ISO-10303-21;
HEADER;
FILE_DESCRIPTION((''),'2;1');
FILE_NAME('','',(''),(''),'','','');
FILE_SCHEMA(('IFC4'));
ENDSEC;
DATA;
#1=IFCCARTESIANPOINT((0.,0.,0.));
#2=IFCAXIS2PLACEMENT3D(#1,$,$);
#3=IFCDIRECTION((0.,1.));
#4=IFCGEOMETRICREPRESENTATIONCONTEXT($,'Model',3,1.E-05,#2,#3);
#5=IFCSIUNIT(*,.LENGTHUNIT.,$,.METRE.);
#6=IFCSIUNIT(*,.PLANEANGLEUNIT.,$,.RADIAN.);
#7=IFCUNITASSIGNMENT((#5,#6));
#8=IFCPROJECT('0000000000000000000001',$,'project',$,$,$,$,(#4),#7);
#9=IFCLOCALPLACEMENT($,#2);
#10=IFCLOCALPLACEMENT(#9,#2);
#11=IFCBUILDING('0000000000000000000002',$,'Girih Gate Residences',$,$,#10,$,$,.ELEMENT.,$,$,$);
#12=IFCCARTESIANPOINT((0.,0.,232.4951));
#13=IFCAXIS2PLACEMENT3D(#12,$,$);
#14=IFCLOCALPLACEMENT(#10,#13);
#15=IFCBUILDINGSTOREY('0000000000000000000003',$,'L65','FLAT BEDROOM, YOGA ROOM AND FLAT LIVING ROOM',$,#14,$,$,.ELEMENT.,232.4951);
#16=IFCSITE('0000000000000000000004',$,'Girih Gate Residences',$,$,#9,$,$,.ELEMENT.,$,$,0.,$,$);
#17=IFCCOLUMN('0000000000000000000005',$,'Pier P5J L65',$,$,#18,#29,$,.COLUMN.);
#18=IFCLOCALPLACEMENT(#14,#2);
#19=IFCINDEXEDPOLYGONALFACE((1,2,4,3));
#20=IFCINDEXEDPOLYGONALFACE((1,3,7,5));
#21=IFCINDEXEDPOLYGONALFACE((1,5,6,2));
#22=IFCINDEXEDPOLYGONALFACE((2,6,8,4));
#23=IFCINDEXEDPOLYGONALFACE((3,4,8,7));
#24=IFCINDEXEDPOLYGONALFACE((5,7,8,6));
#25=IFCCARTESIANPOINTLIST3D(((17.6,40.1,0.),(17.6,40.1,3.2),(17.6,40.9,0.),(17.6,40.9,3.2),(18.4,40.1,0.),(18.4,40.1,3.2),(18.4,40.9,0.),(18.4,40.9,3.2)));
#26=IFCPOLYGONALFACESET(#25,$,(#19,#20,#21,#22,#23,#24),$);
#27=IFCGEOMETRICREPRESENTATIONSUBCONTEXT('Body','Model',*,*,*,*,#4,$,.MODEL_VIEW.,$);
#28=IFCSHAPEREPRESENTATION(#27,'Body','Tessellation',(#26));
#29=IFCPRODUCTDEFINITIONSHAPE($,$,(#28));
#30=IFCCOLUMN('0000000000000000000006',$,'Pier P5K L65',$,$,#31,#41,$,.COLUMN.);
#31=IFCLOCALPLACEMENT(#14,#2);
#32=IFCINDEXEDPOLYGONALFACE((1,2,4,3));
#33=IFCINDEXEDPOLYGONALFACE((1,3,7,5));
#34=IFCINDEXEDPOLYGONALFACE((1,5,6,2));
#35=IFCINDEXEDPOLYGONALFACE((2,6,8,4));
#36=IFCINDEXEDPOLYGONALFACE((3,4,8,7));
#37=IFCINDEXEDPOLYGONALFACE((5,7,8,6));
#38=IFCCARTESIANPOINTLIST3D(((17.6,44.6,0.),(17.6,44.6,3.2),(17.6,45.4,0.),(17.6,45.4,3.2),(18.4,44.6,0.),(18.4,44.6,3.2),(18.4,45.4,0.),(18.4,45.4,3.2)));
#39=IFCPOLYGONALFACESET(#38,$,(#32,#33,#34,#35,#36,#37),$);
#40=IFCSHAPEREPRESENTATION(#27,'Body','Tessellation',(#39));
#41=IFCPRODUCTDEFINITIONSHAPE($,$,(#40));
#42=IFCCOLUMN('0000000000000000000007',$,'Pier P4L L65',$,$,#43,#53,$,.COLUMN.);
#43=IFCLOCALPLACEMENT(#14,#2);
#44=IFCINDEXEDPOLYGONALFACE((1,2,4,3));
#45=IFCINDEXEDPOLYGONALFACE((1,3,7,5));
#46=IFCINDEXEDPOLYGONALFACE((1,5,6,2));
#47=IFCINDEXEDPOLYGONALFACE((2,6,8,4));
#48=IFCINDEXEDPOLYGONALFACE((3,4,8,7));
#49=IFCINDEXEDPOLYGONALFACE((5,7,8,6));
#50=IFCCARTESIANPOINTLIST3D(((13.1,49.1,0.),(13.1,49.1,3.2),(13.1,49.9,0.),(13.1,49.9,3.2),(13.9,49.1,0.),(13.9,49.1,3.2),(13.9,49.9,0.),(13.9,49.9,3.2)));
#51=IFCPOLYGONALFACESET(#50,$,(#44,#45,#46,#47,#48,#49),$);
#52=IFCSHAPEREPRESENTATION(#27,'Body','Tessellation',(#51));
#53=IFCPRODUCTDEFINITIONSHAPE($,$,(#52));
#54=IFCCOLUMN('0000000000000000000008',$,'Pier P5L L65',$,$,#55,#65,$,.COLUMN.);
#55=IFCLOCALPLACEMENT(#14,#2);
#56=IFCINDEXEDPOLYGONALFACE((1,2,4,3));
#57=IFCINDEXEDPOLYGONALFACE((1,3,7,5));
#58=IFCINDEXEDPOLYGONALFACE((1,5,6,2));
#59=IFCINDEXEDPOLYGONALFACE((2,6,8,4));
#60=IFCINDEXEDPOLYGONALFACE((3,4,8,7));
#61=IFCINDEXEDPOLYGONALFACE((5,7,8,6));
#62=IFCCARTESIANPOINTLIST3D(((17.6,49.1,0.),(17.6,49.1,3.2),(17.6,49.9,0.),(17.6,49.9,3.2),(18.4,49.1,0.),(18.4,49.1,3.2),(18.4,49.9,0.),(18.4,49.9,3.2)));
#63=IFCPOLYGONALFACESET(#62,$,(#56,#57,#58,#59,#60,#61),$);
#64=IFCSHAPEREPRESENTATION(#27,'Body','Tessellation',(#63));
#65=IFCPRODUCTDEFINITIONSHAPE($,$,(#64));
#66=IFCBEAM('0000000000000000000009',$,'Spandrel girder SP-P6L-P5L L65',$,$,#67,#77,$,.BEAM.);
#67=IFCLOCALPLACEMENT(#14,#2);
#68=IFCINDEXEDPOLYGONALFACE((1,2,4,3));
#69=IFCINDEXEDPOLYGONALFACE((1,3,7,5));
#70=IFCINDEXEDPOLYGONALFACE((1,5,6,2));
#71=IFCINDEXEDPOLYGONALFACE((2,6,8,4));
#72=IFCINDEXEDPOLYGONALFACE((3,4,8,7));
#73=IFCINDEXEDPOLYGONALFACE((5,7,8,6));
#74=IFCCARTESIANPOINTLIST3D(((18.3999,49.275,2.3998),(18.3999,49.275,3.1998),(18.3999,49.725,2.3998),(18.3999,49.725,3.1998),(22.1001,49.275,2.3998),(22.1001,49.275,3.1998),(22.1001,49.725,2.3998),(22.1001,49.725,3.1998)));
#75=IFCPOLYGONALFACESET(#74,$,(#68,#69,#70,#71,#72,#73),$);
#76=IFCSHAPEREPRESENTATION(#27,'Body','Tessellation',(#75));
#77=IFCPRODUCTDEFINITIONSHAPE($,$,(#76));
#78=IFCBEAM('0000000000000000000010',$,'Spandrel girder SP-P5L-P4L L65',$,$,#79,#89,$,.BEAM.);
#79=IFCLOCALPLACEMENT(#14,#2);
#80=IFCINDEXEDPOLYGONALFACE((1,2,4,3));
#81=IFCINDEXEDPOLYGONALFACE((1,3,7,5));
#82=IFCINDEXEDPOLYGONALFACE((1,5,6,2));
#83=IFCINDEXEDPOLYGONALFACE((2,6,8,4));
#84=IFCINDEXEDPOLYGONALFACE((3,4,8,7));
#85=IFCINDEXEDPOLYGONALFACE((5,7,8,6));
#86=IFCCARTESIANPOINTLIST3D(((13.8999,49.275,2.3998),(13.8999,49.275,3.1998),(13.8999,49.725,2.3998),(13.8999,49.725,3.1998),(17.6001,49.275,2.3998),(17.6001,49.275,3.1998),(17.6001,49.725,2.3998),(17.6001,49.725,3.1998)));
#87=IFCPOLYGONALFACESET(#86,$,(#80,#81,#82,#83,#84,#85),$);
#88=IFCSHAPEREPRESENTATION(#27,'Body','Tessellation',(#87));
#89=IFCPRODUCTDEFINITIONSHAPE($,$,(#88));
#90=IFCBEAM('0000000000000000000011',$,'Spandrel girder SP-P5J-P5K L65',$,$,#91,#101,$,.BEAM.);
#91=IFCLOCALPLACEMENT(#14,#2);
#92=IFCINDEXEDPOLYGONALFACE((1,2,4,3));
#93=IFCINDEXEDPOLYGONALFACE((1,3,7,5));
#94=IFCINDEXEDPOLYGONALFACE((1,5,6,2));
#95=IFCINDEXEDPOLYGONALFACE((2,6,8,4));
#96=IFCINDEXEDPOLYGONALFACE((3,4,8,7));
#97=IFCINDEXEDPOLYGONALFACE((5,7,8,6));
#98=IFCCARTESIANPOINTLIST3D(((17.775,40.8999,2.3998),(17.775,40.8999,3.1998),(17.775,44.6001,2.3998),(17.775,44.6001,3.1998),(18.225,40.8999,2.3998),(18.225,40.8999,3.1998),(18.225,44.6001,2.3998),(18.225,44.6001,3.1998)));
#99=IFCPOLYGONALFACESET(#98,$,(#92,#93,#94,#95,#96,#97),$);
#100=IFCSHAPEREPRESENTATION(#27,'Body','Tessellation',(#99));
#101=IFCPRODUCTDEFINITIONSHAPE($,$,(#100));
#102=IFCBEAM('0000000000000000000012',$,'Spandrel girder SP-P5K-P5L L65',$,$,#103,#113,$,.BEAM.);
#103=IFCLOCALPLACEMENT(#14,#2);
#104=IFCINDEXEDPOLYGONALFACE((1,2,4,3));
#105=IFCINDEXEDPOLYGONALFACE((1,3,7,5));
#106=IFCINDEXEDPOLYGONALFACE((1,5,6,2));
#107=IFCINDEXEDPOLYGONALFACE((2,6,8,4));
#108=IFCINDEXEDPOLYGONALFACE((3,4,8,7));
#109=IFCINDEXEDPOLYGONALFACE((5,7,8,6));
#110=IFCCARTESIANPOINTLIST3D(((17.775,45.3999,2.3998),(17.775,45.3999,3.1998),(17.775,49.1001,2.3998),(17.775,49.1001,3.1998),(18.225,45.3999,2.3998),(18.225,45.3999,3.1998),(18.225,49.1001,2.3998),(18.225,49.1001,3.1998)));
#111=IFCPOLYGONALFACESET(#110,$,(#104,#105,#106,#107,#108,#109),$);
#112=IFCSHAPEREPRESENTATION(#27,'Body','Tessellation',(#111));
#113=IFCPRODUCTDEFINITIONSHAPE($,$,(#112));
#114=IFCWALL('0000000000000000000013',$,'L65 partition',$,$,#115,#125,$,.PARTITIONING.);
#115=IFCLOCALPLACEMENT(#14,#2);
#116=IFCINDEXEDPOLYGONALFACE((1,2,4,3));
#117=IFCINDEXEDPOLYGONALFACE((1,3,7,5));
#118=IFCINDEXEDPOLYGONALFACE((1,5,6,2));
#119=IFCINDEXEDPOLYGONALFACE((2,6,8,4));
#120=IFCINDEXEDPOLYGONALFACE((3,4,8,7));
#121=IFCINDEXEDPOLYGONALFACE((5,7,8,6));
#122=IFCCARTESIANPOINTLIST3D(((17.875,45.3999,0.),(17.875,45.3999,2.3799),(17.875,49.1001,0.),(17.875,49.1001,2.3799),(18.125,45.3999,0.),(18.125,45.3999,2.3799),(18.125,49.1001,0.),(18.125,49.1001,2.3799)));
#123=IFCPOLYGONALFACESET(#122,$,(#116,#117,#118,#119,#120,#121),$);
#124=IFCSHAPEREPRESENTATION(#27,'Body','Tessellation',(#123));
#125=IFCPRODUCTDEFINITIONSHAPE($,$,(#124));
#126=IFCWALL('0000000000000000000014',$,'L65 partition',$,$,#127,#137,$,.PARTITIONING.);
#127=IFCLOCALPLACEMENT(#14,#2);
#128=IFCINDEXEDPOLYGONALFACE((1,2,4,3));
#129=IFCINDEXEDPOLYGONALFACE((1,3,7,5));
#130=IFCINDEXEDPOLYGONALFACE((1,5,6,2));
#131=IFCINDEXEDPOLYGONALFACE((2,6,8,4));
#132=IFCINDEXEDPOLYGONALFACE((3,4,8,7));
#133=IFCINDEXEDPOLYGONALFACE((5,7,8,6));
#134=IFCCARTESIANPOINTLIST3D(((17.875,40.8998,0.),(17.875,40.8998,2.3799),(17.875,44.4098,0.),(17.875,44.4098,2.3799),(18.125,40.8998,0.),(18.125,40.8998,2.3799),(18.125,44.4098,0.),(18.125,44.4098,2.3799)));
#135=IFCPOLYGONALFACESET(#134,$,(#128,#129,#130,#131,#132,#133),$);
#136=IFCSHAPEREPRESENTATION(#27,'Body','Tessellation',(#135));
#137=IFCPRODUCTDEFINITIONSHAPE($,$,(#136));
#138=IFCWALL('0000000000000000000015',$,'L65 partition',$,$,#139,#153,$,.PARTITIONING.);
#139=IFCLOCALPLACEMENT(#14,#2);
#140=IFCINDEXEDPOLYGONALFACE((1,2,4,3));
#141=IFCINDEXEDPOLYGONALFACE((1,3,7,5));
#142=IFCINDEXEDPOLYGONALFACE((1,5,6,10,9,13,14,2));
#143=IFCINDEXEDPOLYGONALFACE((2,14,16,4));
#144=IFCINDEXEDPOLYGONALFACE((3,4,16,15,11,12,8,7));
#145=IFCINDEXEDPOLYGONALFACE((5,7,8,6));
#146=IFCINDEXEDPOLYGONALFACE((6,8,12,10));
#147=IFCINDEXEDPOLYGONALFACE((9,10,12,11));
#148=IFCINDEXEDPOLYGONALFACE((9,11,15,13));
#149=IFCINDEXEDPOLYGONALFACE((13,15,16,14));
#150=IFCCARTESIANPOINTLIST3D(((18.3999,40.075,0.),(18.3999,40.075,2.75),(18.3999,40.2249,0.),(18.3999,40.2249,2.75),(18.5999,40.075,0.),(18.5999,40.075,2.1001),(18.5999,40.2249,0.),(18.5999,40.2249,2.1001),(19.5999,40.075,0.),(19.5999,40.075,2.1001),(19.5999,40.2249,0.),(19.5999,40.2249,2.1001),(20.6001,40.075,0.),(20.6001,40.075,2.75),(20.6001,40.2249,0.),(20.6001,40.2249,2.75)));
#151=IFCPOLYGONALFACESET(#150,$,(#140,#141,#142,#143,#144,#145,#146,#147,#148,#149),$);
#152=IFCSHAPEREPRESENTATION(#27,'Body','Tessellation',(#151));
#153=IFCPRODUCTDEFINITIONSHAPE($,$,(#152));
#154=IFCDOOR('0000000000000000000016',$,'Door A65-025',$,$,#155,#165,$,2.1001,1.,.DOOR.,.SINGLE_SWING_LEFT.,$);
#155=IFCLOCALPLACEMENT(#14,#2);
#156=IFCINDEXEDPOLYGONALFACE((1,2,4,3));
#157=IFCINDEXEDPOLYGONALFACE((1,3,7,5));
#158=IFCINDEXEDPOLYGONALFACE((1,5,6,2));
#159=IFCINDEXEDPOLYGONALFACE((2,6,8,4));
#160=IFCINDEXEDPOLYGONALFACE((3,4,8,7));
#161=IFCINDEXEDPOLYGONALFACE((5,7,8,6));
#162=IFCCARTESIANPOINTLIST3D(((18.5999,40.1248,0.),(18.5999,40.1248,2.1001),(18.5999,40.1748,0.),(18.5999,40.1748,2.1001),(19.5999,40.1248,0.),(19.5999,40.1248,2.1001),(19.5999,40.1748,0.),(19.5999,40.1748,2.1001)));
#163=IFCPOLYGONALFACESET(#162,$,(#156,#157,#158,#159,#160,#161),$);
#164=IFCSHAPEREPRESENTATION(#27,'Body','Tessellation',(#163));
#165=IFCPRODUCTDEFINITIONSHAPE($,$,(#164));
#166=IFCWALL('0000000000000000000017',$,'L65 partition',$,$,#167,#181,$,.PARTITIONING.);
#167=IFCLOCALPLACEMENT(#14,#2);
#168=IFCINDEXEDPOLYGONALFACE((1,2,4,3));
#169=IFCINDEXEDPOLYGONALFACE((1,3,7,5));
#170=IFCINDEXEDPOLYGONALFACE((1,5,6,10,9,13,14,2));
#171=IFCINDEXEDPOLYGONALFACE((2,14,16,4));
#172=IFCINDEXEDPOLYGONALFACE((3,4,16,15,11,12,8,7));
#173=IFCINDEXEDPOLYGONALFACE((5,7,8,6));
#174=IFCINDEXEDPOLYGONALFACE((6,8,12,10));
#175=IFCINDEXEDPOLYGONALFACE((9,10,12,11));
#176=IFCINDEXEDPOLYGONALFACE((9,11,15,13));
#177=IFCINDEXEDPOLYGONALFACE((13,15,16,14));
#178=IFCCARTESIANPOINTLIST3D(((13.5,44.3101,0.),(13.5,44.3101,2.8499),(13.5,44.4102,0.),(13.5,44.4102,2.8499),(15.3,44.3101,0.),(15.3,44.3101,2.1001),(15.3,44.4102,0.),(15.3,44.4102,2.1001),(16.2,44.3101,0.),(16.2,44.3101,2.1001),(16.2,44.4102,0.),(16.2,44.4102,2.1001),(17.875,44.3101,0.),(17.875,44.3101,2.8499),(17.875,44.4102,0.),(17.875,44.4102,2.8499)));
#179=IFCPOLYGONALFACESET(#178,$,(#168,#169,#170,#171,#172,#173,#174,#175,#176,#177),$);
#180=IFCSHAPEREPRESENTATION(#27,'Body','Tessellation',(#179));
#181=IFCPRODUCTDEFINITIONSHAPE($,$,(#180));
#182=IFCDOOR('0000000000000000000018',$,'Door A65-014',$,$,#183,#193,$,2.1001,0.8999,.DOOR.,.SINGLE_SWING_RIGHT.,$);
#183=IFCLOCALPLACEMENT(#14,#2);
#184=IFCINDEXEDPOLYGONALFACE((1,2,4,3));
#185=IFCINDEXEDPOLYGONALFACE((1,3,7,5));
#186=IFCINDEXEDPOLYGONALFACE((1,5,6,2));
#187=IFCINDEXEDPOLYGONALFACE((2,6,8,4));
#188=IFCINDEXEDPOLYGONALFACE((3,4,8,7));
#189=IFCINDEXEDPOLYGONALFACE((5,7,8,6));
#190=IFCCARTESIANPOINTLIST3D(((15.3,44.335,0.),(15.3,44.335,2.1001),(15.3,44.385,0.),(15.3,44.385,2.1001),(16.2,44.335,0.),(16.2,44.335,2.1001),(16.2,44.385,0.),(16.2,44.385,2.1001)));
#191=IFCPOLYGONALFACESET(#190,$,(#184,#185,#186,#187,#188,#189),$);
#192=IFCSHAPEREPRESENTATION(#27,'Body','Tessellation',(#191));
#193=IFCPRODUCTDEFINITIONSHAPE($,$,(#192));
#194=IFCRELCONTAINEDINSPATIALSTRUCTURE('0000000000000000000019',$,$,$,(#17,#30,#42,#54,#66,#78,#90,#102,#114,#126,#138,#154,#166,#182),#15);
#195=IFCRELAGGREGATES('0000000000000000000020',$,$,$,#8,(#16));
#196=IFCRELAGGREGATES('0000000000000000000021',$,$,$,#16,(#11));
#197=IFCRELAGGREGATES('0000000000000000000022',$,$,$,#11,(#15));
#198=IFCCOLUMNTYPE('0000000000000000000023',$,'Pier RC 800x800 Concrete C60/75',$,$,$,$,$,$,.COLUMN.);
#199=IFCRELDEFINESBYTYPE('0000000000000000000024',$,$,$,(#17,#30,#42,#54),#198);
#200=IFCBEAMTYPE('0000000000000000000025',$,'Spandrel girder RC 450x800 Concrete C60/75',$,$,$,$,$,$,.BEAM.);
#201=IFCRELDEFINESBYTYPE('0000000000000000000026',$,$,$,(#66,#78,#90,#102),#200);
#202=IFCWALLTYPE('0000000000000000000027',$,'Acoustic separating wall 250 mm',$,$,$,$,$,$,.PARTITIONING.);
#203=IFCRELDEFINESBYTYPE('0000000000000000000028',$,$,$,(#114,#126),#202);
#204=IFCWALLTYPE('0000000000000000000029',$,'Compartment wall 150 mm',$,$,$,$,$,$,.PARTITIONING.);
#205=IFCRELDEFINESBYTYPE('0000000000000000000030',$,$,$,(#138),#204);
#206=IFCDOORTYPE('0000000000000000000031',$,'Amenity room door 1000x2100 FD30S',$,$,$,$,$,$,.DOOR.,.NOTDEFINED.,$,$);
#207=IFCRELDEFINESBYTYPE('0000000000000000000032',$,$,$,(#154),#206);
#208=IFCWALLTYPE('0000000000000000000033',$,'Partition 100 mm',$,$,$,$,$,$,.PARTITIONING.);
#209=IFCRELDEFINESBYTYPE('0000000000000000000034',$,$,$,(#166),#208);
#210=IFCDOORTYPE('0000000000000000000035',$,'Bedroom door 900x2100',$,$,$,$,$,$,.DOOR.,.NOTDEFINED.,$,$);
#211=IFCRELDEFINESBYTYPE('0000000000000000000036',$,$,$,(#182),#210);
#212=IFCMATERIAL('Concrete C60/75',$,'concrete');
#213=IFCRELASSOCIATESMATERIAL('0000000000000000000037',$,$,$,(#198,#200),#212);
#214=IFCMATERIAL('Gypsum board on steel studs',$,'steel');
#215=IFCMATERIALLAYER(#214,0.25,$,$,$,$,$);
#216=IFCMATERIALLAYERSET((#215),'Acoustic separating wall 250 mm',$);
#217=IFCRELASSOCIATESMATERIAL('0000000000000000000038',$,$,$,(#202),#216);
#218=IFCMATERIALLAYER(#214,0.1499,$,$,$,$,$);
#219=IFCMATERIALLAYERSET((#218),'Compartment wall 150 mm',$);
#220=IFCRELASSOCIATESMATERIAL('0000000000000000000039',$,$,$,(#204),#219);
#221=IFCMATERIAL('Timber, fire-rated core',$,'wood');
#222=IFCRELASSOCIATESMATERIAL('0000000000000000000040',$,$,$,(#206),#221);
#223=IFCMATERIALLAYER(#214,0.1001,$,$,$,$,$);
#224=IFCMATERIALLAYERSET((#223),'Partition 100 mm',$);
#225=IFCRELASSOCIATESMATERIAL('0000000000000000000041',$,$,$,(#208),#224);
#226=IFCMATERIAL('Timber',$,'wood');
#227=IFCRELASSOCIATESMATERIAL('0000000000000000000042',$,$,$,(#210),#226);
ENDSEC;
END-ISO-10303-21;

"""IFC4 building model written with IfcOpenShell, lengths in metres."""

from ifc_helpers import new_model, si_unit, direction, frame, frame_2d, origin, origin_2d, place, context, subcontext, project, spatial, rectangle, extrude, material, layer, layer_set, material_profile, profile_set, type_object, element, fill, save


model = new_model("IFC4")

# Units and contexts
model_context = context("Model", 3, precision=1e-05, world=origin(), true_north=direction((0.0, 1.0)))
body_context = subcontext(model_context, "Body", "Model", "MODEL_VIEW")
ifc_project = project(units=[si_unit("LENGTHUNIT", "METRE"), si_unit("PLANEANGLEUNIT", "RADIAN")], contexts=[model_context])

# Site, building, storey
site_placement = place(None, origin())
site = spatial("IfcSite", under=ifc_project, at=site_placement, Name="Girih Gate Residences", CompositionType="ELEMENT", RefElevation=0.0)
building_placement = place(site_placement, origin())
building = spatial("IfcBuilding", under=site, at=building_placement, Name="Girih Gate Residences", CompositionType="ELEMENT")
storey_placement = place(building_placement, frame((0.0, 0.0, 232.4951)))
storey = spatial("IfcBuildingStorey", under=building, at=storey_placement, Name="L65", Description="FLAT BEDROOM, YOGA ROOM AND FLAT LIVING ROOM", CompositionType="ELEMENT", Elevation=232.4951)

# Columns
ifc_material_1 = material(Name="Concrete C60/75", Category="concrete")
ifc_material_profile_1 = material_profile(ifc_material_1, rectangle(XDim=0.8, YDim=0.8, at=origin_2d()))
ifc_profile_set_1 = profile_set([ifc_material_profile_1], Name="Concrete C60/75")
column_type = type_object("IfcColumnType", Name="Pier RC 800x800 Concrete C60/75", PredefinedType="COLUMN", material=ifc_profile_set_1)
for number, where, z_axis, x_axis, name in (
    (1, (18.0, 40.5, 0.0), (0.0, 0.0, 1.0), (1.0, 0.0, 0.0), "Pier P5J L65"),
    (2, (18.0, 45.0, 0.0), (0.0, 0.0, 1.0), (1.0, 0.0, 0.0), "Pier P5K L65"),
    (3, (13.5, 49.5, 0.0), (0.0, 0.0, 1.0), (1.0, 0.0, 0.0), "Pier P4L L65"),
    (4, (18.0, 49.5, 0.0), (0.0, 0.0, 1.0), (1.0, 0.0, 0.0), "Pier P5L L65"),
):
    element("IfcColumn", number, at=place(storey_placement, frame(where, z_axis=z_axis, x_axis=x_axis)), inside=storey, type_object=column_type, Name=name, PredefinedType="COLUMN", context=body_context, shape_type="SweptSolid", body=[
        extrude(rectangle(XDim=0.8, YDim=0.8, at=origin_2d()), origin(), (0.0, 0.0, 1.0), 3.2),
    ])

# Beams
ifc_material_profile_2 = material_profile(ifc_material_1, rectangle(XDim=0.45, YDim=0.8, at=origin_2d()))
ifc_profile_set_2 = profile_set([ifc_material_profile_2], Name="Concrete C60/75")
beam_type = type_object("IfcBeamType", Name="Spandrel girder RC 450x800 Concrete C60/75", PredefinedType="BEAM", material=ifc_profile_set_2)
for number, where, z_axis, x_axis, name in (
    (5, (22.1001, 49.5, 2.7998), (-1.0, 0.0, 0.0), (0.0, -1.0, 0.0), "Spandrel girder SP-P6L-P5L L65"),
    (6, (17.6001, 49.5, 2.7998), (-1.0, 0.0, 0.0), (0.0, -1.0, 0.0), "Spandrel girder SP-P5L-P4L L65"),
    (7, (18.0, 40.8999, 2.7998), (0.0, 1.0, 0.0), (-1.0, 0.0, 0.0), "Spandrel girder SP-P5J-P5K L65"),
    (8, (18.0, 45.3999, 2.7998), (0.0, 1.0, 0.0), (-1.0, 0.0, 0.0), "Spandrel girder SP-P5K-P5L L65"),
):
    element("IfcBeam", number, at=place(storey_placement, frame(where, z_axis=z_axis, x_axis=x_axis)), inside=storey, type_object=beam_type, Name=name, PredefinedType="BEAM", context=body_context, shape_type="SweptSolid", body=[
        extrude(rectangle(XDim=0.45, YDim=0.8, at=origin_2d()), origin(), (0.0, 0.0, 1.0), 3.7002),
    ])

# Walls
ifc_material_2 = material(Name="Gypsum board on steel studs", Category="steel")
ifc_layer_1 = layer(ifc_material_2, 0.25)
ifc_layer_set_1 = layer_set([ifc_layer_1], Name="Acoustic separating wall 250 mm")
wall_type_1 = type_object("IfcWallType", Name="Acoustic separating wall 250 mm", PredefinedType="PARTITIONING", material=ifc_layer_set_1)
wall_1_placement = place(storey_placement, frame((18.0, 45.3999, 0.0), z_axis=(0.0, 0.0, 1.0), x_axis=(0.0, 1.0, 0.0)))
element("IfcWall", 9, at=wall_1_placement, inside=storey, type_object=wall_type_1, Name="L65 partition", PredefinedType="PARTITIONING", context=body_context, shape_type="SweptSolid", body=[
    extrude(rectangle(XDim=3.7002, YDim=0.25, at=frame_2d((1.8501, 0.0))), origin(), (0.0, 0.0, 1.0), 2.3799),
])
wall_2_placement = place(storey_placement, frame((18.0, 40.8999, 0.0), z_axis=(0.0, 0.0, 1.0), x_axis=(0.0, 1.0, 0.0)))
element("IfcWall", 10, at=wall_2_placement, inside=storey, type_object=wall_type_1, Name="L65 partition", PredefinedType="PARTITIONING", context=body_context, shape_type="SweptSolid", body=[
    extrude(rectangle(XDim=3.51, YDim=0.25, at=frame_2d((1.7549, 0.0))), origin(), (0.0, 0.0, 1.0), 2.3799),
])

# Walls, openings, doors
ifc_layer_2 = layer(ifc_material_2, 0.1499)
ifc_layer_set_2 = layer_set([ifc_layer_2], Name="Compartment wall 150 mm")
wall_type_2 = type_object("IfcWallType", Name="Compartment wall 150 mm", PredefinedType="PARTITIONING", material=ifc_layer_set_2)
wall_3_placement = place(storey_placement, frame((18.3999, 40.1499, 0.0), z_axis=(0.0, 0.0, 1.0), x_axis=(1.0, 0.0, 0.0)))
wall_3 = element("IfcWall", 11, at=wall_3_placement, inside=storey, type_object=wall_type_2, Name="L65 partition", PredefinedType="PARTITIONING", context=body_context, shape_type="SweptSolid", body=[
    extrude(rectangle(XDim=2.2002, YDim=0.1499, at=frame_2d((1.1001, 0.0))), origin(), (0.0, 0.0, 1.0), 2.75),
])
opening_1_placement = place(wall_3_placement, frame((0.2, 0.0, 0.0)))
opening_1 = element("IfcOpeningElement", 12, at=opening_1_placement, cuts=wall_3, PredefinedType="OPENING", context=body_context, shape_type="SweptSolid", body=[
    extrude(rectangle(XDim=1.0, YDim=2.1001, at=frame_2d((0.5, 1.05))), frame((0.0, 0.085, 0.0), z_axis=(0.0, -1.0, 0.0), x_axis=(1.0, 0.0, 0.0)), (0.0, 0.0, 1.0), 0.1699),
])
ifc_material_3 = material(Name="Timber, fire-rated core", Category="wood")
door_type_1 = type_object("IfcDoorType", Name="Amenity room door 1000x2100 FD30S", OperationType="NOTDEFINED", PredefinedType="DOOR", material=ifc_material_3)
door_1_placement = place(opening_1_placement, origin())
door_1 = element("IfcDoor", 13, at=door_1_placement, inside=storey, type_object=door_type_1, Name="Door A65-025", OperationType="SINGLE_SWING_LEFT", OverallHeight=2.1001, OverallWidth=1.0, PredefinedType="DOOR", context=body_context, shape_type="SweptSolid", body=[
    extrude(rectangle(XDim=1.0, YDim=2.1001, at=frame_2d((0.5, 1.05))), frame((0.0, 0.0249, 0.0), z_axis=(0.0, -1.0, 0.0), x_axis=(1.0, 0.0, 0.0)), (0.0, 0.0, 1.0), 0.05),
])
fill(opening_1, door_1)
ifc_layer_3 = layer(ifc_material_2, 0.1001)
ifc_layer_set_3 = layer_set([ifc_layer_3], Name="Partition 100 mm")
wall_type_3 = type_object("IfcWallType", Name="Partition 100 mm", PredefinedType="PARTITIONING", material=ifc_layer_set_3)
wall_4_placement = place(storey_placement, frame((13.5, 44.3601, 0.0), z_axis=(0.0, 0.0, 1.0), x_axis=(1.0, 0.0, 0.0)))
wall_4 = element("IfcWall", 14, at=wall_4_placement, inside=storey, type_object=wall_type_3, Name="L65 partition", PredefinedType="PARTITIONING", context=body_context, shape_type="SweptSolid", body=[
    extrude(rectangle(XDim=4.375, YDim=0.1001, at=frame_2d((2.1875, 0.0))), origin(), (0.0, 0.0, 1.0), 2.8499),
])
opening_2_placement = place(wall_4_placement, frame((1.8, 0.0, 0.0)))
opening_2 = element("IfcOpeningElement", 15, at=opening_2_placement, cuts=wall_4, PredefinedType="OPENING", context=body_context, shape_type="SweptSolid", body=[
    extrude(rectangle(XDim=0.8999, YDim=2.1001, at=frame_2d((0.45, 1.05))), frame((0.0, 0.0601, 0.0), z_axis=(0.0, -1.0, 0.0), x_axis=(1.0, 0.0, 0.0)), (0.0, 0.0, 1.0), 0.1201),
])
ifc_material_4 = material(Name="Timber", Category="wood")
door_type_2 = type_object("IfcDoorType", Name="Bedroom door 900x2100", OperationType="NOTDEFINED", PredefinedType="DOOR", material=ifc_material_4)
door_2_placement = place(opening_2_placement, origin())
door_2 = element("IfcDoor", 16, at=door_2_placement, inside=storey, type_object=door_type_2, Name="Door A65-014", OperationType="SINGLE_SWING_RIGHT", OverallHeight=2.1001, OverallWidth=0.8999, PredefinedType="DOOR", context=body_context, shape_type="SweptSolid", body=[
    extrude(rectangle(XDim=0.8999, YDim=2.1001, at=frame_2d((0.45, 1.05))), frame((0.0, 0.0249, 0.0), z_axis=(0.0, -1.0, 0.0), x_axis=(1.0, 0.0, 0.0)), (0.0, 0.0, 1.0), 0.05),
])
fill(opening_2, door_2)

save(model, "model.ifc")
